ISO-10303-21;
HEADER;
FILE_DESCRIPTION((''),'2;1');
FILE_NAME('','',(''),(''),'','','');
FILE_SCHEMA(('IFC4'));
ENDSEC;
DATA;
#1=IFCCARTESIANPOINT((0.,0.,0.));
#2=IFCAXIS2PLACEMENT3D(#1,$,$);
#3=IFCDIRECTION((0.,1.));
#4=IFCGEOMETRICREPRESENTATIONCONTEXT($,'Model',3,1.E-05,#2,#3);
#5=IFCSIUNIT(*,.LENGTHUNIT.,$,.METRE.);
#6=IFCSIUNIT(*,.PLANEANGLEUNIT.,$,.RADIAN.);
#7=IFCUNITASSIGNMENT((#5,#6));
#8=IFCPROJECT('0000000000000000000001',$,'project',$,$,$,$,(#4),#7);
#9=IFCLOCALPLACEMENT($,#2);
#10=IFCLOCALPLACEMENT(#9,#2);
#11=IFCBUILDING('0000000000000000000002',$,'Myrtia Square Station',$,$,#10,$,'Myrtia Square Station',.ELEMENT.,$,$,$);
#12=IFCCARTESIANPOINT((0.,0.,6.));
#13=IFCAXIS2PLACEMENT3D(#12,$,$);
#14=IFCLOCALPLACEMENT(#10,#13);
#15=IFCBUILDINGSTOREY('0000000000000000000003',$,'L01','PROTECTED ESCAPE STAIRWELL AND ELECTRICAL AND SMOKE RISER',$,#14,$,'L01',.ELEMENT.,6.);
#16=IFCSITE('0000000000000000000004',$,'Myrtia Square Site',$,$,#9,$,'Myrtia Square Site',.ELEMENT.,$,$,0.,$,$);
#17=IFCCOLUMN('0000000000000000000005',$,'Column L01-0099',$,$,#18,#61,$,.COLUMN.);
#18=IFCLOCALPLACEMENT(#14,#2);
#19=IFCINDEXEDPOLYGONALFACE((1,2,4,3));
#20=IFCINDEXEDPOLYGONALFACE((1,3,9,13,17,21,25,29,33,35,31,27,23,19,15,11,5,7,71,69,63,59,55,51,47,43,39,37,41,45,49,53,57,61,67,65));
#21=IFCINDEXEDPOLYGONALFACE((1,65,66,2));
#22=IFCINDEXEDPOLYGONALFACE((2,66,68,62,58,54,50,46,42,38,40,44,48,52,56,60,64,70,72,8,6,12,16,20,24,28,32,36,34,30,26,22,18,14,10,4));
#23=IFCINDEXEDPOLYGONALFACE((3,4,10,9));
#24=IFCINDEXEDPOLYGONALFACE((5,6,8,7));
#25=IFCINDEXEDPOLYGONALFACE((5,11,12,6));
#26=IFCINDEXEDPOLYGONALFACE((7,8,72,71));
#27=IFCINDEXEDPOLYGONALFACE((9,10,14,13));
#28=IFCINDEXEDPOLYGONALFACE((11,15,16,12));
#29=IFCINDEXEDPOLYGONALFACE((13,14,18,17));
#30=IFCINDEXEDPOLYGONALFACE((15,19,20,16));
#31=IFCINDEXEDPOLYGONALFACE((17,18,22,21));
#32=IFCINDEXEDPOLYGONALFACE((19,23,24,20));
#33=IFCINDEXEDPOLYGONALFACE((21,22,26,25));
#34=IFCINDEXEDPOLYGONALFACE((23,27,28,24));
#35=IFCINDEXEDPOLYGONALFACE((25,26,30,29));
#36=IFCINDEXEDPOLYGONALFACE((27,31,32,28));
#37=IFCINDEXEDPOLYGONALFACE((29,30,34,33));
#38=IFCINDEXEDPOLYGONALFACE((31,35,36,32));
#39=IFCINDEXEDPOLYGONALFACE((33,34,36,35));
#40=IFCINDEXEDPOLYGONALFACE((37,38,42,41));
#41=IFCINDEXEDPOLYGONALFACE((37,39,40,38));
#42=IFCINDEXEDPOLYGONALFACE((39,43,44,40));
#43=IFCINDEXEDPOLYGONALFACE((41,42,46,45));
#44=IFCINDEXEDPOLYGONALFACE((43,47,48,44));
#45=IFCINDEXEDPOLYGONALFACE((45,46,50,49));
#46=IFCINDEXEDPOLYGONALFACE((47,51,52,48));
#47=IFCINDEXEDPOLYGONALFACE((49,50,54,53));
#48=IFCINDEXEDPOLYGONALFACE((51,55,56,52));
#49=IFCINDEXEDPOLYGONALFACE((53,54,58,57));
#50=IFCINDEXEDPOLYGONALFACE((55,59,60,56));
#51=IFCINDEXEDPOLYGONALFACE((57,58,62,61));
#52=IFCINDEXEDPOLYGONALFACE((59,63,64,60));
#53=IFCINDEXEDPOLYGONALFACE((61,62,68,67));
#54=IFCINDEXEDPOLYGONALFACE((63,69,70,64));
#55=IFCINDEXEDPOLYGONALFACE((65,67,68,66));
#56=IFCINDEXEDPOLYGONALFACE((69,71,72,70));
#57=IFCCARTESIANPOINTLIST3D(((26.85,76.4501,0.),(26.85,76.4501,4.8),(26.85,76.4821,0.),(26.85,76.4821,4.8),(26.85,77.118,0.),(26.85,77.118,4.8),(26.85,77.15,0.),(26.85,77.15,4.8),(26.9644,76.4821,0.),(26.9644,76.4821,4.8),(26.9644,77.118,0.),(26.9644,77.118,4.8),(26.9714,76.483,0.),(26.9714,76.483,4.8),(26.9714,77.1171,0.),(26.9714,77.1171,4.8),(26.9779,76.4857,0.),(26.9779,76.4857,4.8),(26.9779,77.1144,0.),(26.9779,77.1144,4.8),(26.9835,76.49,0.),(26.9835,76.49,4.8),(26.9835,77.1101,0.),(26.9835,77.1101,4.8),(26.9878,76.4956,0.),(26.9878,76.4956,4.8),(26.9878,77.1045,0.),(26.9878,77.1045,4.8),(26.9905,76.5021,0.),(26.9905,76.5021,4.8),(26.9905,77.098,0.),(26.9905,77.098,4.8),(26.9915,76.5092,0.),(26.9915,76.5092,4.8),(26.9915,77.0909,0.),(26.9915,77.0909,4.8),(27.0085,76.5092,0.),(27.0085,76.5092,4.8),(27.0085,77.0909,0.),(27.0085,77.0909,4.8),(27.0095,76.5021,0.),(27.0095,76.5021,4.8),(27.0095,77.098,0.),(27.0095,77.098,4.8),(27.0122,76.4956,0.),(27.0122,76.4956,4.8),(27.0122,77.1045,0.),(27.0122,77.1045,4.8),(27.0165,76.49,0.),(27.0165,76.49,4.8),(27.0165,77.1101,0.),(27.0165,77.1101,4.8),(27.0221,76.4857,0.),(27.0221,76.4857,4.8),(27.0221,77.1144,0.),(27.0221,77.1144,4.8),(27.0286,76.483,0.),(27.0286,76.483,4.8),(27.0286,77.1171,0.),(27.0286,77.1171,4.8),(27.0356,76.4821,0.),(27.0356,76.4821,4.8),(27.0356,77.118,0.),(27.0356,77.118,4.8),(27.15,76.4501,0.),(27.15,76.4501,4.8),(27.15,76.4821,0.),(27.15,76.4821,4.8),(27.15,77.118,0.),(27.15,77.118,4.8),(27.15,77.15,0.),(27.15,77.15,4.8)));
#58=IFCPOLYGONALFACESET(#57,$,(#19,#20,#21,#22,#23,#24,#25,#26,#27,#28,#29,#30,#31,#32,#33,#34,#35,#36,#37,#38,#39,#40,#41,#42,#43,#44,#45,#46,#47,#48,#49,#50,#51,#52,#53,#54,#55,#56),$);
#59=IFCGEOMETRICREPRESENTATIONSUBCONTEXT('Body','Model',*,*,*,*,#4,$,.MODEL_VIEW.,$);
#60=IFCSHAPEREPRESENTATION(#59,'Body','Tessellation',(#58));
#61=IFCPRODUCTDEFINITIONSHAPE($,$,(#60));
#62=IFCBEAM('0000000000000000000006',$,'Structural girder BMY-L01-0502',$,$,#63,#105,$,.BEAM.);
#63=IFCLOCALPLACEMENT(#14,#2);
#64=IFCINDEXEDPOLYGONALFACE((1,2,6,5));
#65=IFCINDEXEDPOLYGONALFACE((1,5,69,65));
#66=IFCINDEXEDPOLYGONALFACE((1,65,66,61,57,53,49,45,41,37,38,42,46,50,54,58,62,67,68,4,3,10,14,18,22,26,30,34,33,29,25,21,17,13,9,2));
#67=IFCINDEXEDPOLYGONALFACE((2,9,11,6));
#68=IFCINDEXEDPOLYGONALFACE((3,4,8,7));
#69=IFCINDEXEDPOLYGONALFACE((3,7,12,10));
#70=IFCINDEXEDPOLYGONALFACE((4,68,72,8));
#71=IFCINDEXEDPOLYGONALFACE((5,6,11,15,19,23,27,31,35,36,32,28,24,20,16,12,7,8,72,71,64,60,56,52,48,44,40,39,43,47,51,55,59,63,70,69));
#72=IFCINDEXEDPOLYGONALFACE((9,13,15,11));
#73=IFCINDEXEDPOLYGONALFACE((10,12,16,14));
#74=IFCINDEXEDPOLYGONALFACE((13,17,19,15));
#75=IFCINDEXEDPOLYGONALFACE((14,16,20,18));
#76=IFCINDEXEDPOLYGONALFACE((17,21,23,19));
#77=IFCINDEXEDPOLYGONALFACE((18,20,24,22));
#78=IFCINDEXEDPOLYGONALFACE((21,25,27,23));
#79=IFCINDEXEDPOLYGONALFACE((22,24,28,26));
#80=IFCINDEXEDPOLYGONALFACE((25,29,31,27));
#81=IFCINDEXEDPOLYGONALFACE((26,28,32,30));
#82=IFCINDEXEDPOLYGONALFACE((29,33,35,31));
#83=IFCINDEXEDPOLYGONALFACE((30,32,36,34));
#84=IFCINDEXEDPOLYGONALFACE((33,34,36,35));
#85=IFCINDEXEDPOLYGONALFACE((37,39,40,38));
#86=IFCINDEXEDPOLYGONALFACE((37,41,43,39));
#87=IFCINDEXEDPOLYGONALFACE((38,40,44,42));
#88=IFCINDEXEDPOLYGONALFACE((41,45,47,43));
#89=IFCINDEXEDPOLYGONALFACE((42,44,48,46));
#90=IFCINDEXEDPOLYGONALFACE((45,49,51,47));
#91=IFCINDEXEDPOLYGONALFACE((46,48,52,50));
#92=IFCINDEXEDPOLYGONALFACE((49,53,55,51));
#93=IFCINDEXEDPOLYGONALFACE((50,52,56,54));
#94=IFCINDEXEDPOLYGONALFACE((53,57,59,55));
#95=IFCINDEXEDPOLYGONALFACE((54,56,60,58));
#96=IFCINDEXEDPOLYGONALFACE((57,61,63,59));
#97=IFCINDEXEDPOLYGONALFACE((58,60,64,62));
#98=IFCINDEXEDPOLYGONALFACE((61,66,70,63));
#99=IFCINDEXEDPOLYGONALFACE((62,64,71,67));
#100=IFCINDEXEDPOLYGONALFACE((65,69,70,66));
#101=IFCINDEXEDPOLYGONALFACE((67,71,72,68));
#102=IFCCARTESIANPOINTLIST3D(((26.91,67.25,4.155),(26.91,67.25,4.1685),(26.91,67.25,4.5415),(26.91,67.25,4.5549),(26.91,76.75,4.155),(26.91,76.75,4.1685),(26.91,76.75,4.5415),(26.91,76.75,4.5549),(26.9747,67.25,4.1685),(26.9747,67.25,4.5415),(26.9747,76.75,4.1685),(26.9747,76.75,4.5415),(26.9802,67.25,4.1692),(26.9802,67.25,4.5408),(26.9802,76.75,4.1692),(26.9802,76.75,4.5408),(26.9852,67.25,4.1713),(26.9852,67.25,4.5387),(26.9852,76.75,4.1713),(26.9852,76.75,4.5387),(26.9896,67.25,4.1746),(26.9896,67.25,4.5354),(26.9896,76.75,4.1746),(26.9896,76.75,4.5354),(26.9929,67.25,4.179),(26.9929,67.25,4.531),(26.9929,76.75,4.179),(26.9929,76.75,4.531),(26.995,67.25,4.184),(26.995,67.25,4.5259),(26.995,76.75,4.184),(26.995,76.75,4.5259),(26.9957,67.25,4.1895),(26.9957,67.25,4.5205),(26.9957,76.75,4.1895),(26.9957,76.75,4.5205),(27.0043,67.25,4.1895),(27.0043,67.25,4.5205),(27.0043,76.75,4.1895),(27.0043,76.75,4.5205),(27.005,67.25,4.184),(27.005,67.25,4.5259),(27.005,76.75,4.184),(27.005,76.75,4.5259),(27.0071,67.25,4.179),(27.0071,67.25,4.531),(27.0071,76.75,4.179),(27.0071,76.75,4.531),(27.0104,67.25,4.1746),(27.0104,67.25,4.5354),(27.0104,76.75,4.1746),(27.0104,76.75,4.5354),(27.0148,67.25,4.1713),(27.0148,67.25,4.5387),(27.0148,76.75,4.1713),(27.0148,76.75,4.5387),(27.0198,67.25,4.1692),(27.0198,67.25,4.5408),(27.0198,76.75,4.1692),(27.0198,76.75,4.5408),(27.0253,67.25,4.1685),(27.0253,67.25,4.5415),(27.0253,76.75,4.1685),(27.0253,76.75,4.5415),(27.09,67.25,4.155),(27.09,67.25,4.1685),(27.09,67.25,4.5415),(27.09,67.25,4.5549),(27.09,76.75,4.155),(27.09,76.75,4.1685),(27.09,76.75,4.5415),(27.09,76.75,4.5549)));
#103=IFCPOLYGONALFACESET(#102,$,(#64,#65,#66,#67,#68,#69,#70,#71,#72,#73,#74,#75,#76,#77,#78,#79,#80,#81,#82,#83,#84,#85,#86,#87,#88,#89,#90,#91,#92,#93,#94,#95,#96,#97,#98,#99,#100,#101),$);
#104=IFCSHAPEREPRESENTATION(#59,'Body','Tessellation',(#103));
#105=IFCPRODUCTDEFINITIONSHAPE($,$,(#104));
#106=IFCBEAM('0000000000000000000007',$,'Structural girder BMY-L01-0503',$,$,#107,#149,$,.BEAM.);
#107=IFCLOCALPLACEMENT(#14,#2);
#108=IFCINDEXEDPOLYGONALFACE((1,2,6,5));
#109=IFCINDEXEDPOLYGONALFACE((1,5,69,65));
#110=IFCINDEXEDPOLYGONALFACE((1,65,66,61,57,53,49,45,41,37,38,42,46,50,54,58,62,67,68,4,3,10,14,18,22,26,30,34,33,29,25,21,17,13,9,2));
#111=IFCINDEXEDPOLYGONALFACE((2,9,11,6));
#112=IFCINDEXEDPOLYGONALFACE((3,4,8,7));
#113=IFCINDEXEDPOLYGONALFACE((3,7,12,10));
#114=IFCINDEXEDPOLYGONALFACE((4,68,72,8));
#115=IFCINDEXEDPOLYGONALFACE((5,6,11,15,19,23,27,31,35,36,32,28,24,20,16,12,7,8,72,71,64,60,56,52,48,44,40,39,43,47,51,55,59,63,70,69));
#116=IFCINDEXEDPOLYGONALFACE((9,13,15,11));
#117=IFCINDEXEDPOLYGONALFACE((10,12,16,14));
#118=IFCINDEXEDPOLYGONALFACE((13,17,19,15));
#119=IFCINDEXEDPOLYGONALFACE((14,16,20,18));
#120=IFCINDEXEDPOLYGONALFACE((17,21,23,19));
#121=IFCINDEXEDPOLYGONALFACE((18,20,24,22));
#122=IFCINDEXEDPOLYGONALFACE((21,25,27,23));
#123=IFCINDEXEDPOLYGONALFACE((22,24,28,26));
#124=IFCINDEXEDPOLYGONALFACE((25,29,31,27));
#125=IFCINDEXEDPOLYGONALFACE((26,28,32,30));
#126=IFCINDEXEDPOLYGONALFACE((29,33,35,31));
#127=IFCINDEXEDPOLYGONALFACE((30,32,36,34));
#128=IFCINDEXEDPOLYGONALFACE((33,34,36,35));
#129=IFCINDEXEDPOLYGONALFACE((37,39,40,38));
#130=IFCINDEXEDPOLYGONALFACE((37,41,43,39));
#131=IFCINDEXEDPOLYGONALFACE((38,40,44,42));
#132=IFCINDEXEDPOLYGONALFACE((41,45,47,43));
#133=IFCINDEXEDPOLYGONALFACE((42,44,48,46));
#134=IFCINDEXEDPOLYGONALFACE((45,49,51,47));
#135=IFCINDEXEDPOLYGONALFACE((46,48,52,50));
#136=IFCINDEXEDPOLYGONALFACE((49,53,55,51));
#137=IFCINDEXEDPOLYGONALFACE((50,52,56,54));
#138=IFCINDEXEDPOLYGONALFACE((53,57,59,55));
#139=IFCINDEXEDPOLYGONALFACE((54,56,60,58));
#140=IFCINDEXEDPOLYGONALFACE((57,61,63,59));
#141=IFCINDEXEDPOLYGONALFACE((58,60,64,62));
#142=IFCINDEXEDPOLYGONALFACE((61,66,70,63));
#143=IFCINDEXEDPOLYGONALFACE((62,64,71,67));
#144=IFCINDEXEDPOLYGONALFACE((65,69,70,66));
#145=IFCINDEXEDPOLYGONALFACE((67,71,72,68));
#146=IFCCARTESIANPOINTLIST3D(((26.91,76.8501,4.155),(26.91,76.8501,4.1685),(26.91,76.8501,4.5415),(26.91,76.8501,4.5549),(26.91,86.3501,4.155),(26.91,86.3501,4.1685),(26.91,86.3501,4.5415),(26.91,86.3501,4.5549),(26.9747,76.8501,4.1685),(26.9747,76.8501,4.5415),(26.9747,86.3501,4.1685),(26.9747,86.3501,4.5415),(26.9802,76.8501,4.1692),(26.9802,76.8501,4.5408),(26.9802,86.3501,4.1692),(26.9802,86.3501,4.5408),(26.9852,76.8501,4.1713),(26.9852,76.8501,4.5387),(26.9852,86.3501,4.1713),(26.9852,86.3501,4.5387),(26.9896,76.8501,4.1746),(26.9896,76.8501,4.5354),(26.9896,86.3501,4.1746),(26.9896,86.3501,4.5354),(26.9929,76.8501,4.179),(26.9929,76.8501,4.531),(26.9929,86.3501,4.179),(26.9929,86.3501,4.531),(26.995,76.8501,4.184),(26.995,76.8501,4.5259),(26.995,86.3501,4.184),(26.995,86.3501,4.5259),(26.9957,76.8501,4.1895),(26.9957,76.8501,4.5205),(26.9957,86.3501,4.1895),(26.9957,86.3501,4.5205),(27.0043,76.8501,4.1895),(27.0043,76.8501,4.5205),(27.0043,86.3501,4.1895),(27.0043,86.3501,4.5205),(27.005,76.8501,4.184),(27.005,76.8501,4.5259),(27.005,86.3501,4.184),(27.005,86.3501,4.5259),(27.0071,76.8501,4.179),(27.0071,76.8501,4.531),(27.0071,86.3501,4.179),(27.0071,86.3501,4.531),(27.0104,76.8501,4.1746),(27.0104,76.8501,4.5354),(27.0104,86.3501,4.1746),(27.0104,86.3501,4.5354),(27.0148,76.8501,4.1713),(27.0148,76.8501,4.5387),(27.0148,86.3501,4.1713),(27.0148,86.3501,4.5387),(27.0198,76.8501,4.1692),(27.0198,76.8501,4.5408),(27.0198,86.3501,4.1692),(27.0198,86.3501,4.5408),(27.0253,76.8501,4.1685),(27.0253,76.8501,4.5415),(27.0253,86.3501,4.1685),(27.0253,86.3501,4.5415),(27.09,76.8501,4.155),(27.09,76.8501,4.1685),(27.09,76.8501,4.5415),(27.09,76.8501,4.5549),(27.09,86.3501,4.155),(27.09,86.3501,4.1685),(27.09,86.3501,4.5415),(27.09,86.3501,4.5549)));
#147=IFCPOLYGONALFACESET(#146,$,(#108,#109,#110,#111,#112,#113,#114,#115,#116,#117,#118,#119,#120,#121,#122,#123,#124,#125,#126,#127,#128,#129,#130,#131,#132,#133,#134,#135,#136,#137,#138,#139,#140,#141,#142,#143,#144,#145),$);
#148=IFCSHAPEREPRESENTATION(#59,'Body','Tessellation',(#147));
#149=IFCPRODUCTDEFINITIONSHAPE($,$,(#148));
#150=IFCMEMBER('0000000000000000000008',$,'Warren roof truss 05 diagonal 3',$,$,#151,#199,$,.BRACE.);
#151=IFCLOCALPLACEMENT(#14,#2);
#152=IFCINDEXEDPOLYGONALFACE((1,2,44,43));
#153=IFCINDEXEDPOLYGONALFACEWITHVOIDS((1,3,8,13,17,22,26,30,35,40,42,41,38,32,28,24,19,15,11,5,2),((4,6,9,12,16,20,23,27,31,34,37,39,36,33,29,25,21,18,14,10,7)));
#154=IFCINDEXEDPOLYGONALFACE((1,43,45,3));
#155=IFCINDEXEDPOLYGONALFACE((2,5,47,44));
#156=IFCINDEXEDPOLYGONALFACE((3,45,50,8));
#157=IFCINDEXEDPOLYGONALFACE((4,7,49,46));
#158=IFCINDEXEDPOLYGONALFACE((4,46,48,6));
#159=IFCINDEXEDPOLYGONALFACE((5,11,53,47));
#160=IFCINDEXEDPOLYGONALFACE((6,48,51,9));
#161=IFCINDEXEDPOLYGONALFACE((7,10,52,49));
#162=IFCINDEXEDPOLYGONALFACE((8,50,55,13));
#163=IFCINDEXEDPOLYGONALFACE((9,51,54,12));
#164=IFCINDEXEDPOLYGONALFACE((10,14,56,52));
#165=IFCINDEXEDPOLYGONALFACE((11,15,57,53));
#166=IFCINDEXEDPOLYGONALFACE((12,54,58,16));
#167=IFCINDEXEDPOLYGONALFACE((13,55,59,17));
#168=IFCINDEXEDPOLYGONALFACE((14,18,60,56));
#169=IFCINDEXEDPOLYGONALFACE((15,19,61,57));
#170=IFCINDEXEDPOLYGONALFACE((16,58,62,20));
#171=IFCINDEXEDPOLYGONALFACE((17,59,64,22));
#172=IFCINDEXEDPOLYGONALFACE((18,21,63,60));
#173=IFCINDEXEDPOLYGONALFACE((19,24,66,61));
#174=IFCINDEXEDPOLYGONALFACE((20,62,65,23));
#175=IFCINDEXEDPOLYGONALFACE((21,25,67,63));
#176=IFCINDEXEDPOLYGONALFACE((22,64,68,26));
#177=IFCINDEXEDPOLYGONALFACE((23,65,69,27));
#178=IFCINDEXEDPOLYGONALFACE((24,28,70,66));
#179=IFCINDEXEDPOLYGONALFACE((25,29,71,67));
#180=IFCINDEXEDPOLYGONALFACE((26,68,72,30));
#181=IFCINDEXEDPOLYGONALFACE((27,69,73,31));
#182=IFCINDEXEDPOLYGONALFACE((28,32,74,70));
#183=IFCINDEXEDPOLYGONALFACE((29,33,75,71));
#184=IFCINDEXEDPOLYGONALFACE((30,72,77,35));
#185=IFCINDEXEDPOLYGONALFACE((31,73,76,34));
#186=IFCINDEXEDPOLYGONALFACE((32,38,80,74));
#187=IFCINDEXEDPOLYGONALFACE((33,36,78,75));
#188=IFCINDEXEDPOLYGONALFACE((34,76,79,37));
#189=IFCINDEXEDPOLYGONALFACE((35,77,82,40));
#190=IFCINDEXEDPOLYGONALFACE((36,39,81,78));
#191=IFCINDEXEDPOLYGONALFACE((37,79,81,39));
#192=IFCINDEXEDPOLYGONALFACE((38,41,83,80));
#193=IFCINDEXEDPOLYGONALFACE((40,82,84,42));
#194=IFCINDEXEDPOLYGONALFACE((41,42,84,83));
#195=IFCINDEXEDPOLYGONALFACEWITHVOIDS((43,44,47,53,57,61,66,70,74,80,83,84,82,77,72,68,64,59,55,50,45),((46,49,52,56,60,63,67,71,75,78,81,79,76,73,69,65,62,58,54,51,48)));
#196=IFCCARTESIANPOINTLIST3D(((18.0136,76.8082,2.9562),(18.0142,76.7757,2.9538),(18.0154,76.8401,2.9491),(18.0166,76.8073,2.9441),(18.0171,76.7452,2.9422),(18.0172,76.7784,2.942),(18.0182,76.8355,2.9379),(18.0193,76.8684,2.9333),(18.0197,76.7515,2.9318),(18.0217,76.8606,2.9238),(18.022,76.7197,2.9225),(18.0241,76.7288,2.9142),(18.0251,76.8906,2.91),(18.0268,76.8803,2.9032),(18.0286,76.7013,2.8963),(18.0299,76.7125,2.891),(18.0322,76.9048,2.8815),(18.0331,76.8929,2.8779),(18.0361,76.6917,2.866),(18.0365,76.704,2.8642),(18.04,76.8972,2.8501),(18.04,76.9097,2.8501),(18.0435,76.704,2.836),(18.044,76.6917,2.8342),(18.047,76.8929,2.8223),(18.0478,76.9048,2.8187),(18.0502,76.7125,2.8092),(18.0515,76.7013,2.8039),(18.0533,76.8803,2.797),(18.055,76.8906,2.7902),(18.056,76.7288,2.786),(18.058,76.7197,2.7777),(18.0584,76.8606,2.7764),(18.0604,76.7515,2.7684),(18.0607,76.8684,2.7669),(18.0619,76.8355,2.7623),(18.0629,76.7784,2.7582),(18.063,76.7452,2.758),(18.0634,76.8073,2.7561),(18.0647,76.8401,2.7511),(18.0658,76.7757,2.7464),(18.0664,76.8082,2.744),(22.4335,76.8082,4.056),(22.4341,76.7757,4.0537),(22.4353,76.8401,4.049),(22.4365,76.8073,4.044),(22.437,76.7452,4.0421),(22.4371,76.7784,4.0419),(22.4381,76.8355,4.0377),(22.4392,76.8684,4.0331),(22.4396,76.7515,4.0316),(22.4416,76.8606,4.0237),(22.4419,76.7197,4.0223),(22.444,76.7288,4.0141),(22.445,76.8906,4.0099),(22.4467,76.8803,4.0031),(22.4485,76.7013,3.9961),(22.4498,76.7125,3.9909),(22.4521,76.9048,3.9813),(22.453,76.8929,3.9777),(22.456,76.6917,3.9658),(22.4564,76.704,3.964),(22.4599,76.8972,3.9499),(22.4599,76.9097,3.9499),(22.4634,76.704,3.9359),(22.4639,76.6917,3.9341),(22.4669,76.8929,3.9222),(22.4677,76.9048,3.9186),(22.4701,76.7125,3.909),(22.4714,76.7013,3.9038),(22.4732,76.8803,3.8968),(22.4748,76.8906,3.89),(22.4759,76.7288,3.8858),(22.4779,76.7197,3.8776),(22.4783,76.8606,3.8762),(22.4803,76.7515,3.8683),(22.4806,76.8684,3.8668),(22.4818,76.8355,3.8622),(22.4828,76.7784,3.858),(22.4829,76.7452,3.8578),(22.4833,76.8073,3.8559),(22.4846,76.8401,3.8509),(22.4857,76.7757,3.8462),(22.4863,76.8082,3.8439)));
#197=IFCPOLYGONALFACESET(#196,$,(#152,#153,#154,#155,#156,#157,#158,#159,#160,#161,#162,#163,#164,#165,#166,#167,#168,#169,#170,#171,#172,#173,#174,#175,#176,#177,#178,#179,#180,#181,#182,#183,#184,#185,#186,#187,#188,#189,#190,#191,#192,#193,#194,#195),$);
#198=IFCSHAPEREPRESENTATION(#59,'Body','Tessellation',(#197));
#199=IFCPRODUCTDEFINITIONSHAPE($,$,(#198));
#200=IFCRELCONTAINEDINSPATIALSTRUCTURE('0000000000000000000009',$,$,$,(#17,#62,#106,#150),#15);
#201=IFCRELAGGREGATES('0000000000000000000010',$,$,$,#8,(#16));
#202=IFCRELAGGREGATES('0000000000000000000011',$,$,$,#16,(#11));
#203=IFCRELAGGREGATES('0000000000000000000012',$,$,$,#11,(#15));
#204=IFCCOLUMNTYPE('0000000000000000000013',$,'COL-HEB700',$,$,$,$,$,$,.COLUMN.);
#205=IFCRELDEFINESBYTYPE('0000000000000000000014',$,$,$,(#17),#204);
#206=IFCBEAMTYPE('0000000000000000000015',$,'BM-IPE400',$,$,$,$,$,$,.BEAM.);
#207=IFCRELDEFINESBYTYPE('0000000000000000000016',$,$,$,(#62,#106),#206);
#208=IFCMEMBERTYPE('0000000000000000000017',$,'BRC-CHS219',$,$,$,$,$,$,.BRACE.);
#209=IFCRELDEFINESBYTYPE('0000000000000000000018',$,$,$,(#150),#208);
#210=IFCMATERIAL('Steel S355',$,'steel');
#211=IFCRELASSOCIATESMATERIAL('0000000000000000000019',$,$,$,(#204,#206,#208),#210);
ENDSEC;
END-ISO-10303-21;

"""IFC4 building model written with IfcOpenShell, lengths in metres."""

from ifc_helpers import new_model, si_unit, direction, frame, origin, origin_2d, place, context, subcontext, project, spatial, hollow_circle, i_section, extrude, material, material_profile, profile_set, type_object, element, save


model = new_model("IFC4")

# Units and contexts
model_context = context("Model", 3, precision=1e-05, world=origin(), true_north=direction((0.0, 1.0)))
body_context = subcontext(model_context, "Body", "Model", "MODEL_VIEW")
ifc_project = project(units=[si_unit("LENGTHUNIT", "METRE"), si_unit("PLANEANGLEUNIT", "RADIAN")], contexts=[model_context])

# Site, building, storey
site_placement = place(None, origin())
site = spatial("IfcSite", under=ifc_project, at=site_placement, Name="Myrtia Square Site", LongName="Myrtia Square Site", CompositionType="ELEMENT", RefElevation=0.0)
building_placement = place(site_placement, origin())
building = spatial("IfcBuilding", under=site, at=building_placement, Name="Myrtia Square Station", LongName="Myrtia Square Station", CompositionType="ELEMENT")
storey_placement = place(building_placement, frame((0.0, 0.0, 6.0)))
storey = spatial("IfcBuildingStorey", under=building, at=storey_placement, Name="L01", Description="PROTECTED ESCAPE STAIRWELL AND ELECTRICAL AND SMOKE RISER", LongName="L01", CompositionType="ELEMENT", Elevation=6.0)

# Column
ifc_material_1 = material(Name="Steel S355", Category="steel")
ifc_material_profile_1 = material_profile(ifc_material_1, i_section(OverallWidth=0.3, OverallDepth=0.7, WebThickness=0.0171, FlangeThickness=0.032, FilletRadius=0.0271, at=origin_2d()), Name="HEB 700")
ifc_profile_set_1 = profile_set([ifc_material_profile_1], Name="Steel S355")
column_type = type_object("IfcColumnType", Name="COL-HEB700", PredefinedType="COLUMN", material=ifc_profile_set_1)
column_placement = place(storey_placement, frame((27.0, 76.8, 0.0), z_axis=(0.0, 0.0, 1.0), x_axis=(1.0, 0.0, 0.0)))
element("IfcColumn", 1, at=column_placement, inside=storey, type_object=column_type, Name="Column L01-0099", PredefinedType="COLUMN", context=body_context, shape_type="SweptSolid", body=[
    extrude(i_section(OverallWidth=0.3, OverallDepth=0.7, WebThickness=0.0171, FlangeThickness=0.032, FilletRadius=0.0271, at=origin_2d()), origin(), (0.0, 0.0, 1.0), 4.8),
])

# Beams
ifc_material_profile_2 = material_profile(ifc_material_1, i_section(OverallWidth=0.1799, OverallDepth=0.3999, WebThickness=0.0085, FlangeThickness=0.0134, FilletRadius=0.021, at=origin_2d()), Name="IPE 400")
ifc_profile_set_2 = profile_set([ifc_material_profile_2], Name="Steel S355")
beam_type_1 = type_object("IfcBeamType", Name="BM-IPE400", PredefinedType="BEAM", material=ifc_profile_set_2)
for number, where, z_axis, x_axis, name in (
    (2, (27.0, 67.25, 4.355), (0.0, 1.0, 0.0), (-1.0, 0.0, 0.0), "Structural girder BMY-L01-0502"),
    (3, (27.0, 76.8501, 4.355), (0.0, 1.0, 0.0), (-1.0, 0.0, 0.0), "Structural girder BMY-L01-0503"),
):
    element("IfcBeam", number, at=place(storey_placement, frame(where, z_axis=z_axis, x_axis=x_axis)), inside=storey, type_object=beam_type_1, Name=name, PredefinedType="BEAM", context=body_context, shape_type="SweptSolid", body=[
        extrude(i_section(OverallWidth=0.1799, OverallDepth=0.3999, WebThickness=0.0085, FlangeThickness=0.0134, FilletRadius=0.021, at=origin_2d()), origin(), (0.0, 0.0, 1.0), 9.5),
    ])

# Member
ifc_material_profile_3 = material_profile(ifc_material_1, hollow_circle(Radius=0.1096, WallThickness=0.0125, at=origin_2d()), Name="CHS 219.1x12.5")
ifc_profile_set_3 = profile_set([ifc_material_profile_3], Name="Steel S355")
member_type_1 = type_object("IfcMemberType", Name="BRC-CHS219", PredefinedType="BRACE", material=ifc_profile_set_3)
for number, where, z_axis, x_axis, name in (
    (4, (18.04, 76.8, 2.8501), (0.970407, 0.0, 0.241476), (0.0, 1.0, 0.0), "Warren roof truss 05 diagonal 3"),
):
    element("IfcMember", number, at=place(storey_placement, frame(where, z_axis=z_axis, x_axis=x_axis)), inside=storey, type_object=member_type_1, Name=name, PredefinedType="BRACE", context=body_context, shape_type="SweptSolid", body=[
        extrude(hollow_circle(Radius=0.1096, WallThickness=0.0125, at=origin_2d()), origin(), (0.0, 0.0, 1.0), 4.5547),
    ])

save(model, "model.ifc")
